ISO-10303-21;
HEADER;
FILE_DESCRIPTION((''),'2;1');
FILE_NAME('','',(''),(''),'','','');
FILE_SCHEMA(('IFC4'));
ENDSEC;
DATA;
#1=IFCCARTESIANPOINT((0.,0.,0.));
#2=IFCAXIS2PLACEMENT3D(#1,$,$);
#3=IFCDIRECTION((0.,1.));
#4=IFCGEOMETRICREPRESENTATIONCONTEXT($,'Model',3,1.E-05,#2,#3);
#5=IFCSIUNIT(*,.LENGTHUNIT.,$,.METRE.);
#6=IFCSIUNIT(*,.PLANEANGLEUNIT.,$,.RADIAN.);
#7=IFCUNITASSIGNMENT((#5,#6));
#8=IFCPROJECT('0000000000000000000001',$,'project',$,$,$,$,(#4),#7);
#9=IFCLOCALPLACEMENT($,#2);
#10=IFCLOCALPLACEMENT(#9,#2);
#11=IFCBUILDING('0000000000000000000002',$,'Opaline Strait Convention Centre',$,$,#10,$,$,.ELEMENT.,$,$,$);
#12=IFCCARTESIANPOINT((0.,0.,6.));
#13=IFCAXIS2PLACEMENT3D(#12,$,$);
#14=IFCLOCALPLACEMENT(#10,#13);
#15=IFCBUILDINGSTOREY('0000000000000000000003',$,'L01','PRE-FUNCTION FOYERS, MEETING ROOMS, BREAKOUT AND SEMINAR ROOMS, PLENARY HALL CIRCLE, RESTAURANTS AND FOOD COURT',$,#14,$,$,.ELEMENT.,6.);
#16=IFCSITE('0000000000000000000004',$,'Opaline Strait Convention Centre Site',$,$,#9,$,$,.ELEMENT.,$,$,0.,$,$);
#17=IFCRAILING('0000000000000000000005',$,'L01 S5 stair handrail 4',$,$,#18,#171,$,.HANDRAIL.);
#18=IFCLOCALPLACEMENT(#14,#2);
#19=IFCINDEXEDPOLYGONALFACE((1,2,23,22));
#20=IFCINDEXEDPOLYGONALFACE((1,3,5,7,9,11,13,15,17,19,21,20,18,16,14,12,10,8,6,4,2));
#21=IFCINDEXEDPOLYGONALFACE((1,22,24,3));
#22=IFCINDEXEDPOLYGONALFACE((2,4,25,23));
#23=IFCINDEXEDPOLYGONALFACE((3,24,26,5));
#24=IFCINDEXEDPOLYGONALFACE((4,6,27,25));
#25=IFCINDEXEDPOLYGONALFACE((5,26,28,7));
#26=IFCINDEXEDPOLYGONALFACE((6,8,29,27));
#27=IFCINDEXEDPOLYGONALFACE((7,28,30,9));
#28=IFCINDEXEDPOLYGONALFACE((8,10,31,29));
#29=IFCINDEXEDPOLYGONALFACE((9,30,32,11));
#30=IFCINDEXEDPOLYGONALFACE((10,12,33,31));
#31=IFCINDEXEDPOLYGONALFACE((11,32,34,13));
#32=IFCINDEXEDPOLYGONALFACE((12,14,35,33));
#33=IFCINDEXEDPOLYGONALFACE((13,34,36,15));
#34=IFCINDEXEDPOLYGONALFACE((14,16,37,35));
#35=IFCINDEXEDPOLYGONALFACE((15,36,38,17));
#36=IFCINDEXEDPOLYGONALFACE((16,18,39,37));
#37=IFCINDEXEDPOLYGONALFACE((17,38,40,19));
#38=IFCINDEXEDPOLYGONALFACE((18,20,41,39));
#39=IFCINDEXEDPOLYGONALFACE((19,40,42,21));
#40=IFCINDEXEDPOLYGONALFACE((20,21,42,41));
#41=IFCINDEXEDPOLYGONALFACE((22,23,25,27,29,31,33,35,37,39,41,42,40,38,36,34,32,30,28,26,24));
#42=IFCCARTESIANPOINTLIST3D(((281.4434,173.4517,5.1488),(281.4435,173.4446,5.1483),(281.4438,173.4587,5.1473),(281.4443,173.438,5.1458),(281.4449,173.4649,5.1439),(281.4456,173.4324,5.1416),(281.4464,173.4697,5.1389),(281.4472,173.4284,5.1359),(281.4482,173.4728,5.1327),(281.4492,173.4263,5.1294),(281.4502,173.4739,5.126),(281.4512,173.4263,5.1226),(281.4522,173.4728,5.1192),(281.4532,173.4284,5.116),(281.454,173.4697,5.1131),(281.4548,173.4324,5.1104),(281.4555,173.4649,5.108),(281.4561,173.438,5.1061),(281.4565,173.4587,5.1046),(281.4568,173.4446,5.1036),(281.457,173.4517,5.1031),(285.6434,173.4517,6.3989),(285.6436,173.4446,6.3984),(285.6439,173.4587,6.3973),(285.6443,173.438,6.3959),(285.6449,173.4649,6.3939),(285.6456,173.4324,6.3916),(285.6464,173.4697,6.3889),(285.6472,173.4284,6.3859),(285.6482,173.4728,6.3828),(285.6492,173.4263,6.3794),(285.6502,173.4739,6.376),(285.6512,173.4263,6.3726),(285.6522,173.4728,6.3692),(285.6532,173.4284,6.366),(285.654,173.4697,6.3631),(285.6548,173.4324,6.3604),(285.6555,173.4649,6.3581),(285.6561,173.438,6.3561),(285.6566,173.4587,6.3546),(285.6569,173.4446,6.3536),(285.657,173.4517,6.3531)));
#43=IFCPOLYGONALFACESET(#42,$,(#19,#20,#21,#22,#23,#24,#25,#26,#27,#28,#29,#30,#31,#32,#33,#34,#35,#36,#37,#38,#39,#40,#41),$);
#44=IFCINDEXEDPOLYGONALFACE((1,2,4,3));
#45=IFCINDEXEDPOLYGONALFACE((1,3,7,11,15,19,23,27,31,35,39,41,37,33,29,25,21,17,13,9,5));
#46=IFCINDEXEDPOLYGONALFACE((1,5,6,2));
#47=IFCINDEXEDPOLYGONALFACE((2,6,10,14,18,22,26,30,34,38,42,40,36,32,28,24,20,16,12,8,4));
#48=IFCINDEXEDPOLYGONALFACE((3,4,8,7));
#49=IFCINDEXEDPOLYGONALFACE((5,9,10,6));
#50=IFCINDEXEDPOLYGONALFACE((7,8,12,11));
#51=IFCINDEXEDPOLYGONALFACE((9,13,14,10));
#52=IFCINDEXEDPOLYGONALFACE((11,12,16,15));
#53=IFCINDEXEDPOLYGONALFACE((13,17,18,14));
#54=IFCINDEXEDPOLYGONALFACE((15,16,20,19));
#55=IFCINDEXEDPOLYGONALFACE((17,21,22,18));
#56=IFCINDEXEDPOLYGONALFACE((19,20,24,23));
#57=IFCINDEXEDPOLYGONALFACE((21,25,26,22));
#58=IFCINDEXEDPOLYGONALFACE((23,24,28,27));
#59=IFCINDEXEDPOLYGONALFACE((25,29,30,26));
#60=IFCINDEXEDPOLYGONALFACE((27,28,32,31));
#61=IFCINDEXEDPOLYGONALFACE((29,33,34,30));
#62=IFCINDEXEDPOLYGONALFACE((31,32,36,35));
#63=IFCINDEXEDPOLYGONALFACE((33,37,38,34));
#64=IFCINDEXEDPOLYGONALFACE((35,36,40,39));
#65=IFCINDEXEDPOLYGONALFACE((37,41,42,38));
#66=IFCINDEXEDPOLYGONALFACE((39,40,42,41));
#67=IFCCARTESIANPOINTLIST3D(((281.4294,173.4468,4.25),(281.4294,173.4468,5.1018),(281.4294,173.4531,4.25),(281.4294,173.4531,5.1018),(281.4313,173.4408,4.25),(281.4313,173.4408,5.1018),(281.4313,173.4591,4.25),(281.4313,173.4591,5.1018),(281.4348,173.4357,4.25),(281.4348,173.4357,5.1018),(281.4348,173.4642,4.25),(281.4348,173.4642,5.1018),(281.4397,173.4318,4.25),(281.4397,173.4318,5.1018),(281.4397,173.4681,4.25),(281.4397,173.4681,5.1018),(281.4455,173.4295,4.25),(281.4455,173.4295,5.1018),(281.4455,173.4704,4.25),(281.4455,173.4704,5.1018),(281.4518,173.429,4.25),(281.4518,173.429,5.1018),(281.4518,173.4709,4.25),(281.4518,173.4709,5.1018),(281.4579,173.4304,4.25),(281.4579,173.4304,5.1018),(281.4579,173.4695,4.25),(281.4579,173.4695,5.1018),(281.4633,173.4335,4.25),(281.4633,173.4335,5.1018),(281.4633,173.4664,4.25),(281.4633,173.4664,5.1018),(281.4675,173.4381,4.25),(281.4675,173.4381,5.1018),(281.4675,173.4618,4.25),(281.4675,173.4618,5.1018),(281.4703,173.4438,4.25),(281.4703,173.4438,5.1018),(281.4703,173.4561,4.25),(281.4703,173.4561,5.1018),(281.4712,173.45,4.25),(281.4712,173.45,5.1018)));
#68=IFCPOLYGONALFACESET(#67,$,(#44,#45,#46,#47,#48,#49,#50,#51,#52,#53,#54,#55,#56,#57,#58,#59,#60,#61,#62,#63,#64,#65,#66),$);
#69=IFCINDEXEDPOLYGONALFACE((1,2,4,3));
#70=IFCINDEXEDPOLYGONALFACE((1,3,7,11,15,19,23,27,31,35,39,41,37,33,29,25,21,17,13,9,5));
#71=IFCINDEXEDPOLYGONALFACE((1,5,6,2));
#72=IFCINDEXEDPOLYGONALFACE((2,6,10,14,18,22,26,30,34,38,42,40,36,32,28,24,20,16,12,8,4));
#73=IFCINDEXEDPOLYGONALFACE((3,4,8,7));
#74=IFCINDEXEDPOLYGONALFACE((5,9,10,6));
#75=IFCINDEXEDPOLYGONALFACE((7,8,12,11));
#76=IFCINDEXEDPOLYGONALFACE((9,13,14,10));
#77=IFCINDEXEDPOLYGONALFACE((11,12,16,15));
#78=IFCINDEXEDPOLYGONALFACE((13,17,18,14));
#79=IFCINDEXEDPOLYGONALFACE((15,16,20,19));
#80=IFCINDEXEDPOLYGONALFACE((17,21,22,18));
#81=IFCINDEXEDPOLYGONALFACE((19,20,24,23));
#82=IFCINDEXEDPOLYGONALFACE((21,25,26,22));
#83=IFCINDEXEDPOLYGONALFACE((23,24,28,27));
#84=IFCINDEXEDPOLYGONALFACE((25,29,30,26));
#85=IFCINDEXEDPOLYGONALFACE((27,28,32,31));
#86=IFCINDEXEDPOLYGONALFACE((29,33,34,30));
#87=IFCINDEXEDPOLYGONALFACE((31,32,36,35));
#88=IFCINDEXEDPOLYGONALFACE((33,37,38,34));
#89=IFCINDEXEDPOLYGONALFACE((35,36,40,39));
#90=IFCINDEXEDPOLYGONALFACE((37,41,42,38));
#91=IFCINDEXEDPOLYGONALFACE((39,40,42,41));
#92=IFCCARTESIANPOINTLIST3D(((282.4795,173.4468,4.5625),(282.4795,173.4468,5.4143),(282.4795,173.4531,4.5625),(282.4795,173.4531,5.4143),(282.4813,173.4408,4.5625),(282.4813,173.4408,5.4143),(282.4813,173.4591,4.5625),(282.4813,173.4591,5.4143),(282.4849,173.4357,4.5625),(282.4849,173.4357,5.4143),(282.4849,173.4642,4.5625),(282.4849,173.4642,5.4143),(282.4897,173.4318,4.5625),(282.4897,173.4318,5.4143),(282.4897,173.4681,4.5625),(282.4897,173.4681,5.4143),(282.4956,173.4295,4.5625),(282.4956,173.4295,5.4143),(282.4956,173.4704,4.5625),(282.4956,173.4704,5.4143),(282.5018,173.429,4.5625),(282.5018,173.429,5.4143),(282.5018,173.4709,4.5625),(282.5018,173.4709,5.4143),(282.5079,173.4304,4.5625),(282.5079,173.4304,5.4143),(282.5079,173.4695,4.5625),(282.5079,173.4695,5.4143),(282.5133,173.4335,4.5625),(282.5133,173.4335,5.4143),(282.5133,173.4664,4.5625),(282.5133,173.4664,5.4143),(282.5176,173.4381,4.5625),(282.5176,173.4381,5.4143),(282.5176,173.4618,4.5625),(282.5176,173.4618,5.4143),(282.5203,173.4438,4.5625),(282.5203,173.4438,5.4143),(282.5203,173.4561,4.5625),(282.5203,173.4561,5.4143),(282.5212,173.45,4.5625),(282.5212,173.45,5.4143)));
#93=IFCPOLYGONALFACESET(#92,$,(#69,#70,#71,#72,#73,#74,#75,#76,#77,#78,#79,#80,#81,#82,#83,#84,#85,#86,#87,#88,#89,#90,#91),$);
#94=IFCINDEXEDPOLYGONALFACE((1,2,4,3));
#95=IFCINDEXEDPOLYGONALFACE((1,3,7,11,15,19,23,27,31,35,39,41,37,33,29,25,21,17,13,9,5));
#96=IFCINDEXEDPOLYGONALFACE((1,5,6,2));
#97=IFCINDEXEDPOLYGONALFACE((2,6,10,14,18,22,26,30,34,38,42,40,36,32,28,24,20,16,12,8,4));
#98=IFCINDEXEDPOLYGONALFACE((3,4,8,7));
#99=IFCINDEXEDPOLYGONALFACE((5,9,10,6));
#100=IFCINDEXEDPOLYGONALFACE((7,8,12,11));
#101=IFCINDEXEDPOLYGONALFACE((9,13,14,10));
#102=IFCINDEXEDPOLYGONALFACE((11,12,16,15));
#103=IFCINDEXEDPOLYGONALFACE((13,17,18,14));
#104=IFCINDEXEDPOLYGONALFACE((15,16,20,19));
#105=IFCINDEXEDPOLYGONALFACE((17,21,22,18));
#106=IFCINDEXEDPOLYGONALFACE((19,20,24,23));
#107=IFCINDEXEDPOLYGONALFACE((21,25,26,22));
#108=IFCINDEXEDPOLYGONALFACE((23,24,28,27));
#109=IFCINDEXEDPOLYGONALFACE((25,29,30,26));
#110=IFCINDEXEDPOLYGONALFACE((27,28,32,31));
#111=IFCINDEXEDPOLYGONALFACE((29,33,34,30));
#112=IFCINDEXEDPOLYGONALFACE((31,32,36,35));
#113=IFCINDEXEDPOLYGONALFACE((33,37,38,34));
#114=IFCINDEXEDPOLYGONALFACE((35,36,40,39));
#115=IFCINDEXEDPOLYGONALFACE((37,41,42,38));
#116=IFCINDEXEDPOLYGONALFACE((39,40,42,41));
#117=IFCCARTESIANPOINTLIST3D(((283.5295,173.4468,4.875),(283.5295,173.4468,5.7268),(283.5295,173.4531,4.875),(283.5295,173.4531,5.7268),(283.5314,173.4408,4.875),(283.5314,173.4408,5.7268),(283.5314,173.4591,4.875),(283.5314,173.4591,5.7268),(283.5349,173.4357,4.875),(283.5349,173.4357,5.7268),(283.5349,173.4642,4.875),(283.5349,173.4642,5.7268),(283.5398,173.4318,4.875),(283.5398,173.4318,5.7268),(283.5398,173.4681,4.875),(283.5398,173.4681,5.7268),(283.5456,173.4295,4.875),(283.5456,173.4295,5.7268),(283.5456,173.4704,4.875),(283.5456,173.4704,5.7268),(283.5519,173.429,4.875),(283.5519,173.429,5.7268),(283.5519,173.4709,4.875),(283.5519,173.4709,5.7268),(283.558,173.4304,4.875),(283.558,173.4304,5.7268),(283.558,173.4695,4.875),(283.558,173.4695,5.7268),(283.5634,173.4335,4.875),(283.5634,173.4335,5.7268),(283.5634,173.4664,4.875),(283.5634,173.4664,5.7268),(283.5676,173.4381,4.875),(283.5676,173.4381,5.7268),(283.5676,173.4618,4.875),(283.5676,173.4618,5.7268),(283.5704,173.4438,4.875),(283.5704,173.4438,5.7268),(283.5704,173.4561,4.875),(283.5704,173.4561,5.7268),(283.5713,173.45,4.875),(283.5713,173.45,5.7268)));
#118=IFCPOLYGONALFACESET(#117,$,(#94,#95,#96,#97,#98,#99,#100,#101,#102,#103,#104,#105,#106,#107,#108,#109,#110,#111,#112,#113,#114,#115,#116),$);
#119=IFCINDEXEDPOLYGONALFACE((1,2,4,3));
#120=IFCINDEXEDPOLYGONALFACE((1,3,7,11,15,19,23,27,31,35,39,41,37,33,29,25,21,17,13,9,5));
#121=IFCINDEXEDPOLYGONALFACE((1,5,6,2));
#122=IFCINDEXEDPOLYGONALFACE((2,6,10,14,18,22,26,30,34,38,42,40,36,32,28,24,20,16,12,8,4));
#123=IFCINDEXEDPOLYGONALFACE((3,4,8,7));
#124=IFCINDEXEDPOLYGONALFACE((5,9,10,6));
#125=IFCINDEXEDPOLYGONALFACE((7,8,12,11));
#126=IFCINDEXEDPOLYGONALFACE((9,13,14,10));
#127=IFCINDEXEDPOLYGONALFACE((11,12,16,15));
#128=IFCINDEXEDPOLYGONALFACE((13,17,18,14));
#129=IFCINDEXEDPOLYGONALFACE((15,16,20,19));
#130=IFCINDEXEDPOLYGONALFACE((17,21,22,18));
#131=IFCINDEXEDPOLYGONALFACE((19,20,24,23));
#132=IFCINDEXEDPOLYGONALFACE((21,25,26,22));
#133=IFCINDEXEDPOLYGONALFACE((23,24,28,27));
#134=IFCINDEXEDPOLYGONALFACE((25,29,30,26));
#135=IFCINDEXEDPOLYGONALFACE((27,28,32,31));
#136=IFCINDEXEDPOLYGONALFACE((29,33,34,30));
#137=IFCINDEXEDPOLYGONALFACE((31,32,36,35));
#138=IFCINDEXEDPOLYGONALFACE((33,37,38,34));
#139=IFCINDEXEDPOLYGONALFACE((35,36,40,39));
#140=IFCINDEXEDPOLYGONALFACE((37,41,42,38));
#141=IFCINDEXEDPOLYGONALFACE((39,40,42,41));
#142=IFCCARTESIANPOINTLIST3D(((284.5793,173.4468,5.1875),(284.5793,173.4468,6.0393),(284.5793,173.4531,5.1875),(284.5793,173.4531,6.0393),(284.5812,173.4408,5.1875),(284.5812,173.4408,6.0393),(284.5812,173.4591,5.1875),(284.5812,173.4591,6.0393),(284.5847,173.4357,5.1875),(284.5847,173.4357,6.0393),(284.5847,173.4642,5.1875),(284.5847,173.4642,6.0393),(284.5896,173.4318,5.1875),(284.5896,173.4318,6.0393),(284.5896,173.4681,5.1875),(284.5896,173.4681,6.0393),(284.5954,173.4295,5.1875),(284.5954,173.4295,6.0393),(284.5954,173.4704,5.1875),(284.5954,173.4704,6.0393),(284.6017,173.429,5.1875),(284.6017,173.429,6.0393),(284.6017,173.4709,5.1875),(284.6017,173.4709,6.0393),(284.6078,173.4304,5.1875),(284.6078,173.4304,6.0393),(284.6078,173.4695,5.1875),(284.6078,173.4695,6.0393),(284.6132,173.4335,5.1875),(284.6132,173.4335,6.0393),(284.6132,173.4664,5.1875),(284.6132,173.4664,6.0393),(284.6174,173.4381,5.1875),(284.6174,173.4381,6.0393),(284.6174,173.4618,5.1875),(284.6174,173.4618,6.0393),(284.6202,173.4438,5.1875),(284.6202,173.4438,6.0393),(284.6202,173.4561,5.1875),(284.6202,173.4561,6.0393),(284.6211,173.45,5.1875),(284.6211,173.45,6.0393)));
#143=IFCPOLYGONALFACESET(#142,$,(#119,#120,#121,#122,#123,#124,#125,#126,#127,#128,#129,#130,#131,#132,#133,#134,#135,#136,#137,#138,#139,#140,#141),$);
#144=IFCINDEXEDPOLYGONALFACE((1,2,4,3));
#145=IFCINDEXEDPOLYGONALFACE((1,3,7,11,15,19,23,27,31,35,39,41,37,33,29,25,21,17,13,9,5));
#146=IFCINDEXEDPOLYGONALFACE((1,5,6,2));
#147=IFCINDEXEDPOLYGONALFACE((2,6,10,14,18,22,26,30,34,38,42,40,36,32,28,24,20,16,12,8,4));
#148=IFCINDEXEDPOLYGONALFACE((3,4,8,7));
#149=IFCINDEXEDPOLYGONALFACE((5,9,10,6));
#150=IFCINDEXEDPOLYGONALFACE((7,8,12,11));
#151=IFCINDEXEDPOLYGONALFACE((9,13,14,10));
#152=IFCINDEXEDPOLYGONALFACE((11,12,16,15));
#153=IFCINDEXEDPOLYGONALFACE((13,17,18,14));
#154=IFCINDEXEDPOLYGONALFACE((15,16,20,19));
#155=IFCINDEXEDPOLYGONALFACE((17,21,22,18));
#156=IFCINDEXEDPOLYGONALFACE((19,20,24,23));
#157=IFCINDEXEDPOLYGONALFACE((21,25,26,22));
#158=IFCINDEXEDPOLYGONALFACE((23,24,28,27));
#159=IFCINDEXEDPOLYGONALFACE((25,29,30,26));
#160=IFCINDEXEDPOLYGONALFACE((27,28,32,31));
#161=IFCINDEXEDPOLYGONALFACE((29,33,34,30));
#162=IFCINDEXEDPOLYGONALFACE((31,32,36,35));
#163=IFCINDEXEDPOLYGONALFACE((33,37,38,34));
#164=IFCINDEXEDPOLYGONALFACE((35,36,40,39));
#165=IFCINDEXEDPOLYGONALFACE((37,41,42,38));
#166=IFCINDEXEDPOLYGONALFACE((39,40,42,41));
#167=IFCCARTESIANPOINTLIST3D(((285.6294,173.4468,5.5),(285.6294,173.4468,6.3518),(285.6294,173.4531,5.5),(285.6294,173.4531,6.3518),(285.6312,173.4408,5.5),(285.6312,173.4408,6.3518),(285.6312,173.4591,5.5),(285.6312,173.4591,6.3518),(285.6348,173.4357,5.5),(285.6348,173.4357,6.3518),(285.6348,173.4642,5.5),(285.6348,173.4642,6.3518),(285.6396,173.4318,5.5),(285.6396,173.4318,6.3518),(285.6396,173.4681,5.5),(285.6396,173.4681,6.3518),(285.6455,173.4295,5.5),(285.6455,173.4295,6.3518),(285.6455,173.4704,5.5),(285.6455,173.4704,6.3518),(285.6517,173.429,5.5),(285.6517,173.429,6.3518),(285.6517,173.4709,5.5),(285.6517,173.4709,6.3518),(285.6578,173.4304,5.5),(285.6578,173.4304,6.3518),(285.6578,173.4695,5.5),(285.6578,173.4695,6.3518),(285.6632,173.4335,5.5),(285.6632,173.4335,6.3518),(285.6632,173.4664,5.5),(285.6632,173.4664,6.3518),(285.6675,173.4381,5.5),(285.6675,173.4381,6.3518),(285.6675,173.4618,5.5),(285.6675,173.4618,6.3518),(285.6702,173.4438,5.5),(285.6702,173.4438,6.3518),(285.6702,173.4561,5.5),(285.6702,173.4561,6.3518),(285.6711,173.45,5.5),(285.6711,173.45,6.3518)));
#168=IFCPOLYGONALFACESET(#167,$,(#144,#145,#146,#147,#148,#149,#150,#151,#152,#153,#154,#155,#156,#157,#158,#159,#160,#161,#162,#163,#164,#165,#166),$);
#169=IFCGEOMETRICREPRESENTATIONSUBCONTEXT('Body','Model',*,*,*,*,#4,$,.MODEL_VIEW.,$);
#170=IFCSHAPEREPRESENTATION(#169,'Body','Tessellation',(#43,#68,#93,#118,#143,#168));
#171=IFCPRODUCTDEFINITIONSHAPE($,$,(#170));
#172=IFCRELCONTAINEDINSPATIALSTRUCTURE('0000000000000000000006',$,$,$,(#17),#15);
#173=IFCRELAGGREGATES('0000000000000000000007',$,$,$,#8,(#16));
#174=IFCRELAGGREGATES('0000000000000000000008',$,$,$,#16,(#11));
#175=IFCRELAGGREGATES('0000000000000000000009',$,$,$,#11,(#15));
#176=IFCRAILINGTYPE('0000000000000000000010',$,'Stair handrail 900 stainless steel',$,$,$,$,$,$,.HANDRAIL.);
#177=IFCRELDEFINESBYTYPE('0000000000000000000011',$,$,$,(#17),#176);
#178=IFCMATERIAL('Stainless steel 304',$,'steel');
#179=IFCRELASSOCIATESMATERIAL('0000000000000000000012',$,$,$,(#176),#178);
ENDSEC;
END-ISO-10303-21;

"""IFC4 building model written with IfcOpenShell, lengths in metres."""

from ifc_helpers import new_model, si_unit, direction, frame, origin, origin_2d, place, context, subcontext, project, spatial, circle, extrude, material, type_object, element, save


model = new_model("IFC4")

# Units and contexts
model_context = context("Model", 3, precision=1e-05, world=origin(), true_north=direction((0.0, 1.0)))
body_context = subcontext(model_context, "Body", "Model", "MODEL_VIEW")
ifc_project = project(units=[si_unit("LENGTHUNIT", "METRE"), si_unit("PLANEANGLEUNIT", "RADIAN")], contexts=[model_context])

# Site, building, storey
site_placement = place(None, origin())
site = spatial("IfcSite", under=ifc_project, at=site_placement, Name="Opaline Strait Convention Centre Site", CompositionType="ELEMENT", RefElevation=0.0)
building_placement = place(site_placement, origin())
building = spatial("IfcBuilding", under=site, at=building_placement, Name="Opaline Strait Convention Centre", CompositionType="ELEMENT")
storey_placement = place(building_placement, frame((0.0, 0.0, 6.0)))
storey = spatial("IfcBuildingStorey", under=building, at=storey_placement, Name="L01", Description="PRE-FUNCTION FOYERS, MEETING ROOMS, BREAKOUT AND SEMINAR ROOMS, PLENARY HALL CIRCLE, RESTAURANTS AND FOOD COURT", CompositionType="ELEMENT", Elevation=6.0)

# Railing
ifc_material_1 = material(Name="Stainless steel 304", Category="steel")
railing_type = type_object("IfcRailingType", Name="Stair handrail 900 stainless steel", PredefinedType="HANDRAIL", material=ifc_material_1)
for number, where, name in (
    (1, (281.4502, 173.45, 4.25), "L01 S5 stair handrail 4"),
):
    element("IfcRailing", number, at=place(storey_placement, frame(where)), inside=storey, type_object=railing_type, Name=name, PredefinedType="HANDRAIL", context=body_context, shape_type="SweptSolid", body=[
        extrude(circle(Radius=0.0239, at=origin_2d()), frame((0.0, 0.0, 0.876), z_axis=(0.958451, 0.0, 0.285257), x_axis=(0.0, 1.0, 0.0)), (0.0, 0.0, 1.0), 4.3821),
        extrude(circle(Radius=0.021, at=origin_2d()), origin(), (0.0, 0.0, 1.0), 0.8518),
        extrude(circle(Radius=0.021, at=origin_2d()), frame((1.05, 0.0, 0.3125)), (0.0, 0.0, 1.0), 0.8518),
        extrude(circle(Radius=0.021, at=origin_2d()), frame((2.1001, 0.0, 0.625)), (0.0, 0.0, 1.0), 0.8518),
        extrude(circle(Radius=0.021, at=origin_2d()), frame((3.1499, 0.0, 0.9375)), (0.0, 0.0, 1.0), 0.8518),
        extrude(circle(Radius=0.021, at=origin_2d()), frame((4.2, 0.0, 1.25)), (0.0, 0.0, 1.0), 0.8518),
    ])

save(model, "model.ifc")
